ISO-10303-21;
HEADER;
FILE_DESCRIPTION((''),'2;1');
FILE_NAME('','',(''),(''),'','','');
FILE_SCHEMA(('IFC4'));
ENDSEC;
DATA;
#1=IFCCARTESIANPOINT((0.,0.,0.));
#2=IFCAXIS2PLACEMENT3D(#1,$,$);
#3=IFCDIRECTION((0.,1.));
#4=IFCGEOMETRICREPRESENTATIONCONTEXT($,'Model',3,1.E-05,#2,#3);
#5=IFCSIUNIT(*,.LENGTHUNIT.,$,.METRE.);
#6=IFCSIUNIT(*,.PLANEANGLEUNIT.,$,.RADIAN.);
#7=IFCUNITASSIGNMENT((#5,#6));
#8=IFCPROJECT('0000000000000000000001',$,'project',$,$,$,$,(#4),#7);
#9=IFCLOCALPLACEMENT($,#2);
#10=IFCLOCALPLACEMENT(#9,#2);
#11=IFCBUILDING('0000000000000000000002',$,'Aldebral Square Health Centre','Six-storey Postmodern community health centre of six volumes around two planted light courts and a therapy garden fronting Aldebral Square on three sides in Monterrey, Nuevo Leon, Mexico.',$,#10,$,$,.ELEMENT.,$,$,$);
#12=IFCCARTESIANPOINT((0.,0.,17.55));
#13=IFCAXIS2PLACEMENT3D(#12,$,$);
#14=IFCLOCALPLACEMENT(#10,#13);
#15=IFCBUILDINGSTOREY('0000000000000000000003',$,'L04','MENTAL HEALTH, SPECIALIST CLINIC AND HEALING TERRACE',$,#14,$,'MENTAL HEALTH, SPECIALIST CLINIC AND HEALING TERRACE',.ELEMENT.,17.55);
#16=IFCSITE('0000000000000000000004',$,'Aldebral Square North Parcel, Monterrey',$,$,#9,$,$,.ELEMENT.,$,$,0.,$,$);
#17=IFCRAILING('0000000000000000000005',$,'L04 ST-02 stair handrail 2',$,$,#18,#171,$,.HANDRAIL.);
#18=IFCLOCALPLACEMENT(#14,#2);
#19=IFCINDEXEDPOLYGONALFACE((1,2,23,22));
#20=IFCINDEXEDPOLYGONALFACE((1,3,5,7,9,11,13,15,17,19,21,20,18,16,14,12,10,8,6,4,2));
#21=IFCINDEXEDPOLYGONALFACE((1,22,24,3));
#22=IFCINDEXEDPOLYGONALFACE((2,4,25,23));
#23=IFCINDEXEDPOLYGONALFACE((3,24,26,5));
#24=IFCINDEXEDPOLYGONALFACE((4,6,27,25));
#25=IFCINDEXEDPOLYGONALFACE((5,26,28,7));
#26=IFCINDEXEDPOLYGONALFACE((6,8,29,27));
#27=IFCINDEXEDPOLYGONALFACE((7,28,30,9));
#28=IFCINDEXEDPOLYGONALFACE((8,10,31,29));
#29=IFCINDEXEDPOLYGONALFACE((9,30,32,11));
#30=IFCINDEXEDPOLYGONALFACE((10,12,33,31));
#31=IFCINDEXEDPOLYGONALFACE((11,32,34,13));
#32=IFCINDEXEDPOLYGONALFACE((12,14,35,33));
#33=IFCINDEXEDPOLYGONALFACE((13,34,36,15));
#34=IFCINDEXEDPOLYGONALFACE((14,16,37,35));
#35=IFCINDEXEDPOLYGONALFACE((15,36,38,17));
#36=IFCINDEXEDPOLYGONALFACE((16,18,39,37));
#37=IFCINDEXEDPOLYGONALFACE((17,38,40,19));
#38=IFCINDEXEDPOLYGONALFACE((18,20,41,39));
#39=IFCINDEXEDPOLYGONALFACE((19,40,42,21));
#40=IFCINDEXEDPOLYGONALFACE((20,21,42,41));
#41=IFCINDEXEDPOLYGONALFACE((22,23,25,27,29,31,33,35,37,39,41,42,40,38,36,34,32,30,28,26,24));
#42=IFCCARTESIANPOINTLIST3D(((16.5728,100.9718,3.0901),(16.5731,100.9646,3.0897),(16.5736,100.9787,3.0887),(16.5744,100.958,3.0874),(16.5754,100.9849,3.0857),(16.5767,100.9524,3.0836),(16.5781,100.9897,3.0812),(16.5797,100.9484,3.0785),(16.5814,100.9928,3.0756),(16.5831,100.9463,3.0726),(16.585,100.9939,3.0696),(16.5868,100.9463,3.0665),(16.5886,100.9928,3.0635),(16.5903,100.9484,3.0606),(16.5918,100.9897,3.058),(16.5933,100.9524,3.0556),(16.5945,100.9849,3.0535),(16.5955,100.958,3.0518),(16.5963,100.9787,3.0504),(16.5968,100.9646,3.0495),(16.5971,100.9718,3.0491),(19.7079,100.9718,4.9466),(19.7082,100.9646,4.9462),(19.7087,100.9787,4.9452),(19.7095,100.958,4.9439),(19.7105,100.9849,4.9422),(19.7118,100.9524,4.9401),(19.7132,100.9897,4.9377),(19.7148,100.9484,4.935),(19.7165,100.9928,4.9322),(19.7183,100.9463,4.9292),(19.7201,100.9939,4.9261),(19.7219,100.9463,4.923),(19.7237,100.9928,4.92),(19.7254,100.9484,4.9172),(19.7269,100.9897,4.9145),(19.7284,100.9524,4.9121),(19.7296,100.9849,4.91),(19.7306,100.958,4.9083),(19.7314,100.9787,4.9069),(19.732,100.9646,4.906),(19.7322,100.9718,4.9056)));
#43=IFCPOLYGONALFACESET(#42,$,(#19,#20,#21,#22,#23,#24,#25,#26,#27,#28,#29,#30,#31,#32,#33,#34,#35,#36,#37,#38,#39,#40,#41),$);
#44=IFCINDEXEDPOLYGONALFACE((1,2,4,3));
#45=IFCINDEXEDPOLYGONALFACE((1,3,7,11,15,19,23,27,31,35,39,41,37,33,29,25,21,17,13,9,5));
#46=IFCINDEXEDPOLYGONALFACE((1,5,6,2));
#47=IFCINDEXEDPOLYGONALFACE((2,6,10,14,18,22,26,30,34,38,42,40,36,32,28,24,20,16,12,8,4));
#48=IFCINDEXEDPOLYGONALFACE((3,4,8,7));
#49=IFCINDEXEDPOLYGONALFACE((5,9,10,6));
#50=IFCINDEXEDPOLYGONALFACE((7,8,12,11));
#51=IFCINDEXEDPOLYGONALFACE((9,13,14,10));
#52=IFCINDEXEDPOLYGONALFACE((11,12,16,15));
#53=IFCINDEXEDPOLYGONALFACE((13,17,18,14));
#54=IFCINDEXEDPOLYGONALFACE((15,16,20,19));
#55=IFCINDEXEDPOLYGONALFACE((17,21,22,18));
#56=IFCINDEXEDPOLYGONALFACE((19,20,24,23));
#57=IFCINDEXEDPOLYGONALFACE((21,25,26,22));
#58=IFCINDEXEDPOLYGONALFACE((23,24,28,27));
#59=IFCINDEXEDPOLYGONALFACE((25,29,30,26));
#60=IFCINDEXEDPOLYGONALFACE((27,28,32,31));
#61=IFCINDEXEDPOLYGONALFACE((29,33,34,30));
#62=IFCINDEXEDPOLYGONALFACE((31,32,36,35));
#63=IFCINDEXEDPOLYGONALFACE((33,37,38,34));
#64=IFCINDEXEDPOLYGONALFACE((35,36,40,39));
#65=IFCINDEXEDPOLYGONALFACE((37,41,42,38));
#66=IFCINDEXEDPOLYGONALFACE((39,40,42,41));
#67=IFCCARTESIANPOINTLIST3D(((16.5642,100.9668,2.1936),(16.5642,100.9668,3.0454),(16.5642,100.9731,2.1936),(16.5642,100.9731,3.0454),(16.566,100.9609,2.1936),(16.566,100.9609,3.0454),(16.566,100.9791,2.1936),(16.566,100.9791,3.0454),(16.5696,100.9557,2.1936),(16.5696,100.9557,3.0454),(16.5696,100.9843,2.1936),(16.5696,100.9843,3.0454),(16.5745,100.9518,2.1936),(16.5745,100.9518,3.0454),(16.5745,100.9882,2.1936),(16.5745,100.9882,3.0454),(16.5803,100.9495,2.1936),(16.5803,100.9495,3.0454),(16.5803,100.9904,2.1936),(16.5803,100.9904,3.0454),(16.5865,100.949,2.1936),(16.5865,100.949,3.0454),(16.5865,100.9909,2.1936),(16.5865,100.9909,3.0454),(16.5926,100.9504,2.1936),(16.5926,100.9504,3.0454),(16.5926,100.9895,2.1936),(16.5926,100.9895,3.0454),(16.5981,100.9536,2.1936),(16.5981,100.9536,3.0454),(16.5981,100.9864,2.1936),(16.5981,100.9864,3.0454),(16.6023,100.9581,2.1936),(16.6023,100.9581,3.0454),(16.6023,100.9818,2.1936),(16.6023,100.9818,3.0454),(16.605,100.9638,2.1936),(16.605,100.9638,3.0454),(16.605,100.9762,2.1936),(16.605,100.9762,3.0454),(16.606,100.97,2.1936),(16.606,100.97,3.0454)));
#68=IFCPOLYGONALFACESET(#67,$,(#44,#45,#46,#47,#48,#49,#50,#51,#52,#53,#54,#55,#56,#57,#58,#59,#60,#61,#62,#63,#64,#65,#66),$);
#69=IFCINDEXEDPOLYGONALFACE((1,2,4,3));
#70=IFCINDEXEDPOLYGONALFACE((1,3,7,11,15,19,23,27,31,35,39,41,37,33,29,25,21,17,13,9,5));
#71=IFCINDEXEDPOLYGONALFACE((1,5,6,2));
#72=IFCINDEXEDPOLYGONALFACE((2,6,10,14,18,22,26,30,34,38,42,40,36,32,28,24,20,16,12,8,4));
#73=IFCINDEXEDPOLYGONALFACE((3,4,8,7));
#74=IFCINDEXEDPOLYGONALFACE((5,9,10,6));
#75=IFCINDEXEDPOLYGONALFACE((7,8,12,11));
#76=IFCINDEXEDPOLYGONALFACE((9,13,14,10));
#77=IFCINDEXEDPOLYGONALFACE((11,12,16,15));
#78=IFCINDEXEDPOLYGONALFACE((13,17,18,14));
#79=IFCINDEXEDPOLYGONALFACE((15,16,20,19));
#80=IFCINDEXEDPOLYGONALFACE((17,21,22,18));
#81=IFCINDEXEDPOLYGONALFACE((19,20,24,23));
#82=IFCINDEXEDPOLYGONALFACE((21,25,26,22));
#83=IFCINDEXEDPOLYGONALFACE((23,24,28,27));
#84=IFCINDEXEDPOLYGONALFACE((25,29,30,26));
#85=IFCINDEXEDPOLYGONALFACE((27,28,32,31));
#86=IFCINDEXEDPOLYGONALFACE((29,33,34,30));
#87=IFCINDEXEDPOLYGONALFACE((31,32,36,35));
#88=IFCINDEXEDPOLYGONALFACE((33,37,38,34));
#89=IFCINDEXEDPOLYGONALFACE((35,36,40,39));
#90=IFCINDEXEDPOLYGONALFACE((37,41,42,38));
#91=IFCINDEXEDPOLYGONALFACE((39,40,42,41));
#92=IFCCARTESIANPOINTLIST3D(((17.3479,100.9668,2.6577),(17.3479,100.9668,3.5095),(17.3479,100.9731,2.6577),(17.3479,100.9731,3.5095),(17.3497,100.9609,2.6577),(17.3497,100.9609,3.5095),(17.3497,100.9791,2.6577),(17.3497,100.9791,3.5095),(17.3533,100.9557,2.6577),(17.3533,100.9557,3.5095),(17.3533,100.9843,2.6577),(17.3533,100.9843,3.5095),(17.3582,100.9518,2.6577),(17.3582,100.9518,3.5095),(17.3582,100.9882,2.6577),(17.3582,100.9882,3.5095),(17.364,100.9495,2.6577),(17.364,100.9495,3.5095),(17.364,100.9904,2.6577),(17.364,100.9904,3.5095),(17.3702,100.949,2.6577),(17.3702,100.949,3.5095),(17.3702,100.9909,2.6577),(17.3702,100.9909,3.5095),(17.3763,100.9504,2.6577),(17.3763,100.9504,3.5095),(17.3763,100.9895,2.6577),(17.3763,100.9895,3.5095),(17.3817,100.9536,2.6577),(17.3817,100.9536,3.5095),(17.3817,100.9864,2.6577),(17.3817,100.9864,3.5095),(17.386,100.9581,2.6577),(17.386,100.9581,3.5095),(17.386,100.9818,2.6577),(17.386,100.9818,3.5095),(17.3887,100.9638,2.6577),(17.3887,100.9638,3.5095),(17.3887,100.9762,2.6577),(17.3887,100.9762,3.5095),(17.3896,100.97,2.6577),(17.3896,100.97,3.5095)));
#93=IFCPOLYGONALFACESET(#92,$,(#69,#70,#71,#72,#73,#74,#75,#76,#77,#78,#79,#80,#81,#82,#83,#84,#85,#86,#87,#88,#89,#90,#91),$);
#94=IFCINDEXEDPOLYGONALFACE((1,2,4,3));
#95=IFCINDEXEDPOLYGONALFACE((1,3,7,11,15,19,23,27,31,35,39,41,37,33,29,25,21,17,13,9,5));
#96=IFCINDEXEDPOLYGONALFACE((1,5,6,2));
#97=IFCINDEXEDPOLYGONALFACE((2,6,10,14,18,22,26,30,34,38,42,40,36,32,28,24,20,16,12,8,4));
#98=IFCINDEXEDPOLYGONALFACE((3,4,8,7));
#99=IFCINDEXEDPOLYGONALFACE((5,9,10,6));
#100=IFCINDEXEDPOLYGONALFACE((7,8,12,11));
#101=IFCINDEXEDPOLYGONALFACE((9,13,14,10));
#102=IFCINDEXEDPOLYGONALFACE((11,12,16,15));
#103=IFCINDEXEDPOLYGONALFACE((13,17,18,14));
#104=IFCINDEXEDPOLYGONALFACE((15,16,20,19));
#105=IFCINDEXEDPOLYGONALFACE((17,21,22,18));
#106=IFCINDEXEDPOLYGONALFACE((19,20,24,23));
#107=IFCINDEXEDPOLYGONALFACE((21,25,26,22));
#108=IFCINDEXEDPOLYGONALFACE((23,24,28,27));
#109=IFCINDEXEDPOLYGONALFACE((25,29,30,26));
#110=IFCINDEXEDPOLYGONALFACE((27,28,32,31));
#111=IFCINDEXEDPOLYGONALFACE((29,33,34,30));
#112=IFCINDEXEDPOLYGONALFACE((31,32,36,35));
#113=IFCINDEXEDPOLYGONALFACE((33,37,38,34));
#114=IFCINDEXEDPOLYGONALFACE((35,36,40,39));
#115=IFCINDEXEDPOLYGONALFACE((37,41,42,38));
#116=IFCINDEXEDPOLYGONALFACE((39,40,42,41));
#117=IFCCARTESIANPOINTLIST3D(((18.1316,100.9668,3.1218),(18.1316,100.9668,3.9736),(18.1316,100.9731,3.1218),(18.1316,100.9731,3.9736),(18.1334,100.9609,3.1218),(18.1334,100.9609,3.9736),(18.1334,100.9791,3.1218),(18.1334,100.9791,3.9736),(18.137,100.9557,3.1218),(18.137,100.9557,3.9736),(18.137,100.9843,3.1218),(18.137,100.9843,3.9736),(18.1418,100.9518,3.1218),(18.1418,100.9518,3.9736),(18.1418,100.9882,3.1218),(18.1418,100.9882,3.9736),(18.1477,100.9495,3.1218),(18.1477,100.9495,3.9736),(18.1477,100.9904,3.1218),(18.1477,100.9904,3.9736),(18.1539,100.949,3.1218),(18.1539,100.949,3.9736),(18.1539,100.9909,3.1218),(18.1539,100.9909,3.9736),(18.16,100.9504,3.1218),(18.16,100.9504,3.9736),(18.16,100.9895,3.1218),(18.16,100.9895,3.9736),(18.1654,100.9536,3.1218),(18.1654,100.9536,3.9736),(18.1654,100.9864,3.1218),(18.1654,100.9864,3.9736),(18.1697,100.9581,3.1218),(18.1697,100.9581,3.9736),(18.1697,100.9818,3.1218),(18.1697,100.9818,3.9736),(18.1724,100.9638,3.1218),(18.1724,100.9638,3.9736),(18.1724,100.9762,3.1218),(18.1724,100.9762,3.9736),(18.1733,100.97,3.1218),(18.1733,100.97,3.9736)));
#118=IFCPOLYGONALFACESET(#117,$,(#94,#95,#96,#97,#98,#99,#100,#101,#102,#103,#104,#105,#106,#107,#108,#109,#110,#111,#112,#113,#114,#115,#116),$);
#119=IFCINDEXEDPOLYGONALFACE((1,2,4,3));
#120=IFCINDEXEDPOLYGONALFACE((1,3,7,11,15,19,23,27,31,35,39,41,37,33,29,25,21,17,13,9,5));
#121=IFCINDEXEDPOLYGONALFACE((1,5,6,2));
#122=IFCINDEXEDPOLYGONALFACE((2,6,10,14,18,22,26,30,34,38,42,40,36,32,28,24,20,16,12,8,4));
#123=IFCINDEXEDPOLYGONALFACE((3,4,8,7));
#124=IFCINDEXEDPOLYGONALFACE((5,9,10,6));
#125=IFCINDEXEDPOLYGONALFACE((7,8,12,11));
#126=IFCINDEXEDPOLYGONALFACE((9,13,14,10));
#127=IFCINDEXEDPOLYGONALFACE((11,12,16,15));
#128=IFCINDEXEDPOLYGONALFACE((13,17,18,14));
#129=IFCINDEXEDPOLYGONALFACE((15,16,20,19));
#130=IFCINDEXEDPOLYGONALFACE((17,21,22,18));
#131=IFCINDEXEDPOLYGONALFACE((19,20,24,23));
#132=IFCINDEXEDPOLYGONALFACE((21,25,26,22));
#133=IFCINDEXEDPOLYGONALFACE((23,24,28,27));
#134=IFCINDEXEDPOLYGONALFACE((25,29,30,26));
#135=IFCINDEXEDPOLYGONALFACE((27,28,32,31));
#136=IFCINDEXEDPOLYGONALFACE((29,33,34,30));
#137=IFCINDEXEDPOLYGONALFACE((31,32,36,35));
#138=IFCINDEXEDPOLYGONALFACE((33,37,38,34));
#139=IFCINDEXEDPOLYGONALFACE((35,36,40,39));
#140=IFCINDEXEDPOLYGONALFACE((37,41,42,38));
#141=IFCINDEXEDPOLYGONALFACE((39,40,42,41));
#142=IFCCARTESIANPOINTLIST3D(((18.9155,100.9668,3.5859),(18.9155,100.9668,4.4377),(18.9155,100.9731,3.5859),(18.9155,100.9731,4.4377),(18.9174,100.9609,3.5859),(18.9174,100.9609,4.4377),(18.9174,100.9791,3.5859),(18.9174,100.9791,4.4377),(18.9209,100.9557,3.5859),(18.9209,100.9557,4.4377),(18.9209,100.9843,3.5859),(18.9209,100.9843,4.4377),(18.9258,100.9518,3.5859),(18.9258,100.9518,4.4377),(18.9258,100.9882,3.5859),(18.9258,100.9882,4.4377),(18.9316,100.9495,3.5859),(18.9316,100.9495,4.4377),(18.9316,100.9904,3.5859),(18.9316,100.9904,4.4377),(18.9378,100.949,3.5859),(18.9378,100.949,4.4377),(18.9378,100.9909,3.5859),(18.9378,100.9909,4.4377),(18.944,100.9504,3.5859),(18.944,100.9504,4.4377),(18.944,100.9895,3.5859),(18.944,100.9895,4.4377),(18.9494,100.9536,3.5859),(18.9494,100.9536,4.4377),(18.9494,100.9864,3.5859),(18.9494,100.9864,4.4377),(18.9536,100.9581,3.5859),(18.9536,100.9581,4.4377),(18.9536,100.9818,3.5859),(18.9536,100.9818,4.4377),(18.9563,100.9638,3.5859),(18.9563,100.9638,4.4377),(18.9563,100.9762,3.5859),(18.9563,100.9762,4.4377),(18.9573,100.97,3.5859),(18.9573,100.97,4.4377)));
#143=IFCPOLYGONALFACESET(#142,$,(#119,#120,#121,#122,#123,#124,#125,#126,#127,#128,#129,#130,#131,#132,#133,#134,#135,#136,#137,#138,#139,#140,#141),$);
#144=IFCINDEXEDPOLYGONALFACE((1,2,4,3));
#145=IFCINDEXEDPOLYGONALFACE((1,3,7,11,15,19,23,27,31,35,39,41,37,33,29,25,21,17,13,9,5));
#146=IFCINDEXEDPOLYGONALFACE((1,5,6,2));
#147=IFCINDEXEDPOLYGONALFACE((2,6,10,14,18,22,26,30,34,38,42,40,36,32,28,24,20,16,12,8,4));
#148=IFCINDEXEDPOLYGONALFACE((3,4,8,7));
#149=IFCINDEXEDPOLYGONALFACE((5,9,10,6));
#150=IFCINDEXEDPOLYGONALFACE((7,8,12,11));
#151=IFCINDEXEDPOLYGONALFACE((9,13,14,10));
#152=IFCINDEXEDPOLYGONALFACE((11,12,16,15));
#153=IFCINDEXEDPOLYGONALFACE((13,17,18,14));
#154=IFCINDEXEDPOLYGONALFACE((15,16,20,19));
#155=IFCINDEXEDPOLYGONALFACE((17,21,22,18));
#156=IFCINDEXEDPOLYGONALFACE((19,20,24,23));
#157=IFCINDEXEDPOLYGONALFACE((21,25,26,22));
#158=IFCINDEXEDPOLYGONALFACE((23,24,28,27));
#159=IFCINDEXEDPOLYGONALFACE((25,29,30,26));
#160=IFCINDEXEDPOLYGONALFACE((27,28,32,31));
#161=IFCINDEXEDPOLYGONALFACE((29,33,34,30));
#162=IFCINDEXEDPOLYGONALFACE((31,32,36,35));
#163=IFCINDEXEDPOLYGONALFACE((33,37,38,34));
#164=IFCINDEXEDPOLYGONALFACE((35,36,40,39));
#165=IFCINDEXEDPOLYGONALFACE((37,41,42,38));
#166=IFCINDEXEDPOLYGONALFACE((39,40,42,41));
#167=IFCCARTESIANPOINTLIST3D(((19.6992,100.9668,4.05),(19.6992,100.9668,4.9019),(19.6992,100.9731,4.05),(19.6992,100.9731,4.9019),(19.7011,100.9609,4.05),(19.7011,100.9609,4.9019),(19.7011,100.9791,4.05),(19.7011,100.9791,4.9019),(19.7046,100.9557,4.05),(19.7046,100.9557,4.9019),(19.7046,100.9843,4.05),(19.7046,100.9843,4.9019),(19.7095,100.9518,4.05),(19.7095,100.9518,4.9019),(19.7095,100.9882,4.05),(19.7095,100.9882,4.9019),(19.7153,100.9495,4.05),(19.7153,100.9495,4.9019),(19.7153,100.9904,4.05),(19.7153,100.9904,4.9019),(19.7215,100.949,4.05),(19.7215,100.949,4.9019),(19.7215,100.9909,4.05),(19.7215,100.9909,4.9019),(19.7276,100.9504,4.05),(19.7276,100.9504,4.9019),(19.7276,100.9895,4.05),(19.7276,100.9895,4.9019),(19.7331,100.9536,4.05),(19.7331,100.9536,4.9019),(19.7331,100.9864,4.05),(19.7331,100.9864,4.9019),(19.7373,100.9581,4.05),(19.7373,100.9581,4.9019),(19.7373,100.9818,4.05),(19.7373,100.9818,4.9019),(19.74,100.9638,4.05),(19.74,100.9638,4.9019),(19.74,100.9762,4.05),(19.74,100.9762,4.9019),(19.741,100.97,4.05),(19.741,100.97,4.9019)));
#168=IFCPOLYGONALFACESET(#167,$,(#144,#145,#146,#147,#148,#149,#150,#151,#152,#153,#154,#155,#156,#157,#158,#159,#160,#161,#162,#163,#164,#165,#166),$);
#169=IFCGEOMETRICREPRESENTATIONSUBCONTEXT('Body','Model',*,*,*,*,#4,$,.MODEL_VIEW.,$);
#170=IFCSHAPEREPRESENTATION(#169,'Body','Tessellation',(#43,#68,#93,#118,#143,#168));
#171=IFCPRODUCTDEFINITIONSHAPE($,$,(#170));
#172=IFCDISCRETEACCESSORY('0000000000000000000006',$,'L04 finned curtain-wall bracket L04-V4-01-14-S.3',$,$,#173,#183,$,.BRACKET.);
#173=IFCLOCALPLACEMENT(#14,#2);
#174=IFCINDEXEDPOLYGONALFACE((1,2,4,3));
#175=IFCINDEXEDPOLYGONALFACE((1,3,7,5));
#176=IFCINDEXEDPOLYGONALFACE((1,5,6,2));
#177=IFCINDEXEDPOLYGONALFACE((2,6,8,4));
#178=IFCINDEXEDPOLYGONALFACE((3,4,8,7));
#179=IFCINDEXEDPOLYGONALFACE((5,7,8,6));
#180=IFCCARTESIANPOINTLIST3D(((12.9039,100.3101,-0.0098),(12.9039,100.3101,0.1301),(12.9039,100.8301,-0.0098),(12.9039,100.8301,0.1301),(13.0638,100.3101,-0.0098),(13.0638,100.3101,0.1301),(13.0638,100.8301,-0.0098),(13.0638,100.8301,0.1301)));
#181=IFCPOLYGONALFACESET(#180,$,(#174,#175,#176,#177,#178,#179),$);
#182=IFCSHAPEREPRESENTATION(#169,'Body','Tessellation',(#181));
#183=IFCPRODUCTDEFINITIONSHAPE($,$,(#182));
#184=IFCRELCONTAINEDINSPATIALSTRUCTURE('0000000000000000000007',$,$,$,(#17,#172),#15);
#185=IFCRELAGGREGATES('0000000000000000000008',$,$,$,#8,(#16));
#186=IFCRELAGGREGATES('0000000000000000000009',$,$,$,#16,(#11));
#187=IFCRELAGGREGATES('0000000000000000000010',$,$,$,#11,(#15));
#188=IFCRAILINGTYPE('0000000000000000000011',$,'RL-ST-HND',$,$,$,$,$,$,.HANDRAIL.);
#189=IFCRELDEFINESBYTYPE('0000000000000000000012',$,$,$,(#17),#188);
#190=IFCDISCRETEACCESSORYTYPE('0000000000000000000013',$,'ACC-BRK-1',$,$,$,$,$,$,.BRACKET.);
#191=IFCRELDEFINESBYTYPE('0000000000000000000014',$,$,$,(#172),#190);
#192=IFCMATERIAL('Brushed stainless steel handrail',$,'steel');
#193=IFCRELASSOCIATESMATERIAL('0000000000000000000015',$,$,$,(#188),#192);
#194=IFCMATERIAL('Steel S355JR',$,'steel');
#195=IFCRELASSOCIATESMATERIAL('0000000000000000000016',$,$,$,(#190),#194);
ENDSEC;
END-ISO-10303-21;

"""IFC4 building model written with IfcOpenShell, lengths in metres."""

from ifc_helpers import new_model, si_unit, direction, frame, origin, origin_2d, place, context, subcontext, project, spatial, rectangle, circle, extrude, material, type_object, element, save


model = new_model("IFC4")

# Units and contexts
model_context = context("Model", 3, precision=1e-05, world=origin(), true_north=direction((0.0, 1.0)))
body_context = subcontext(model_context, "Body", "Model", "MODEL_VIEW")
ifc_project = project(units=[si_unit("LENGTHUNIT", "METRE"), si_unit("PLANEANGLEUNIT", "RADIAN")], contexts=[model_context])

# Site, building, storey
site_placement = place(None, origin())
site = spatial("IfcSite", under=ifc_project, at=site_placement, Name="Aldebral Square North Parcel, Monterrey", CompositionType="ELEMENT", RefElevation=0.0)
building_placement = place(site_placement, origin())
building = spatial("IfcBuilding", under=site, at=building_placement, Name="Aldebral Square Health Centre", Description="Six-storey Postmodern community health centre of six volumes around two planted light courts and a therapy garden fronting Aldebral Square on three sides in Monterrey, Nuevo Leon, Mexico.", CompositionType="ELEMENT")
storey_placement = place(building_placement, frame((0.0, 0.0, 17.55)))
storey = spatial("IfcBuildingStorey", under=building, at=storey_placement, Name="L04", Description="MENTAL HEALTH, SPECIALIST CLINIC AND HEALING TERRACE", LongName="MENTAL HEALTH, SPECIALIST CLINIC AND HEALING TERRACE", CompositionType="ELEMENT", Elevation=17.55)

# Railing
ifc_material_1 = material(Name="Brushed stainless steel handrail", Category="steel")
railing_type_1 = type_object("IfcRailingType", Name="RL-ST-HND", PredefinedType="HANDRAIL", material=ifc_material_1)
railing_1_placement = place(storey_placement, frame((16.585, 100.97, 2.1936)))
element("IfcRailing", 1, at=railing_1_placement, inside=storey, type_object=railing_type_1, Name="L04 ST-02 stair handrail 2", PredefinedType="HANDRAIL", context=body_context, shape_type="SweptSolid", body=[
    extrude(circle(Radius=0.0239, at=origin_2d()), frame((0.0, 0.0, 0.876), z_axis=(0.860453, 0.0, 0.509531), x_axis=(0.0, 1.0, 0.0)), (0.0, 0.0, 1.0), 3.6436),
    extrude(circle(Radius=0.021, at=origin_2d()), origin(), (0.0, 0.0, 1.0), 0.8518),
    extrude(circle(Radius=0.021, at=origin_2d()), frame((0.7837, 0.0, 0.4641)), (0.0, 0.0, 1.0), 0.8518),
    extrude(circle(Radius=0.021, at=origin_2d()), frame((1.5674, 0.0, 0.9282)), (0.0, 0.0, 1.0), 0.8518),
    extrude(circle(Radius=0.021, at=origin_2d()), frame((2.3513, 0.0, 1.3923)), (0.0, 0.0, 1.0), 0.8518),
    extrude(circle(Radius=0.021, at=origin_2d()), frame((3.135, 0.0, 1.8564)), (0.0, 0.0, 1.0), 0.8518),
])

# Discrete accessory
ifc_material_2 = material(Name="Steel S355JR", Category="steel")
discrete_accessory_type = type_object("IfcDiscreteAccessoryType", Name="ACC-BRK-1", PredefinedType="BRACKET", material=ifc_material_2)
discrete_accessory_placement = place(storey_placement, frame((12.9839, 100.5701, -0.0098), z_axis=(0.0, 0.0, 1.0), x_axis=(1.0, 0.0, 0.0)))
element("IfcDiscreteAccessory", 2, at=discrete_accessory_placement, inside=storey, type_object=discrete_accessory_type, Name="L04 finned curtain-wall bracket L04-V4-01-14-S.3", PredefinedType="BRACKET", context=body_context, shape_type="SweptSolid", body=[
    extrude(rectangle(XDim=0.1599, YDim=0.52, at=origin_2d()), origin(), (0.0, 0.0, 1.0), 0.1399),
])

save(model, "model.ifc")
